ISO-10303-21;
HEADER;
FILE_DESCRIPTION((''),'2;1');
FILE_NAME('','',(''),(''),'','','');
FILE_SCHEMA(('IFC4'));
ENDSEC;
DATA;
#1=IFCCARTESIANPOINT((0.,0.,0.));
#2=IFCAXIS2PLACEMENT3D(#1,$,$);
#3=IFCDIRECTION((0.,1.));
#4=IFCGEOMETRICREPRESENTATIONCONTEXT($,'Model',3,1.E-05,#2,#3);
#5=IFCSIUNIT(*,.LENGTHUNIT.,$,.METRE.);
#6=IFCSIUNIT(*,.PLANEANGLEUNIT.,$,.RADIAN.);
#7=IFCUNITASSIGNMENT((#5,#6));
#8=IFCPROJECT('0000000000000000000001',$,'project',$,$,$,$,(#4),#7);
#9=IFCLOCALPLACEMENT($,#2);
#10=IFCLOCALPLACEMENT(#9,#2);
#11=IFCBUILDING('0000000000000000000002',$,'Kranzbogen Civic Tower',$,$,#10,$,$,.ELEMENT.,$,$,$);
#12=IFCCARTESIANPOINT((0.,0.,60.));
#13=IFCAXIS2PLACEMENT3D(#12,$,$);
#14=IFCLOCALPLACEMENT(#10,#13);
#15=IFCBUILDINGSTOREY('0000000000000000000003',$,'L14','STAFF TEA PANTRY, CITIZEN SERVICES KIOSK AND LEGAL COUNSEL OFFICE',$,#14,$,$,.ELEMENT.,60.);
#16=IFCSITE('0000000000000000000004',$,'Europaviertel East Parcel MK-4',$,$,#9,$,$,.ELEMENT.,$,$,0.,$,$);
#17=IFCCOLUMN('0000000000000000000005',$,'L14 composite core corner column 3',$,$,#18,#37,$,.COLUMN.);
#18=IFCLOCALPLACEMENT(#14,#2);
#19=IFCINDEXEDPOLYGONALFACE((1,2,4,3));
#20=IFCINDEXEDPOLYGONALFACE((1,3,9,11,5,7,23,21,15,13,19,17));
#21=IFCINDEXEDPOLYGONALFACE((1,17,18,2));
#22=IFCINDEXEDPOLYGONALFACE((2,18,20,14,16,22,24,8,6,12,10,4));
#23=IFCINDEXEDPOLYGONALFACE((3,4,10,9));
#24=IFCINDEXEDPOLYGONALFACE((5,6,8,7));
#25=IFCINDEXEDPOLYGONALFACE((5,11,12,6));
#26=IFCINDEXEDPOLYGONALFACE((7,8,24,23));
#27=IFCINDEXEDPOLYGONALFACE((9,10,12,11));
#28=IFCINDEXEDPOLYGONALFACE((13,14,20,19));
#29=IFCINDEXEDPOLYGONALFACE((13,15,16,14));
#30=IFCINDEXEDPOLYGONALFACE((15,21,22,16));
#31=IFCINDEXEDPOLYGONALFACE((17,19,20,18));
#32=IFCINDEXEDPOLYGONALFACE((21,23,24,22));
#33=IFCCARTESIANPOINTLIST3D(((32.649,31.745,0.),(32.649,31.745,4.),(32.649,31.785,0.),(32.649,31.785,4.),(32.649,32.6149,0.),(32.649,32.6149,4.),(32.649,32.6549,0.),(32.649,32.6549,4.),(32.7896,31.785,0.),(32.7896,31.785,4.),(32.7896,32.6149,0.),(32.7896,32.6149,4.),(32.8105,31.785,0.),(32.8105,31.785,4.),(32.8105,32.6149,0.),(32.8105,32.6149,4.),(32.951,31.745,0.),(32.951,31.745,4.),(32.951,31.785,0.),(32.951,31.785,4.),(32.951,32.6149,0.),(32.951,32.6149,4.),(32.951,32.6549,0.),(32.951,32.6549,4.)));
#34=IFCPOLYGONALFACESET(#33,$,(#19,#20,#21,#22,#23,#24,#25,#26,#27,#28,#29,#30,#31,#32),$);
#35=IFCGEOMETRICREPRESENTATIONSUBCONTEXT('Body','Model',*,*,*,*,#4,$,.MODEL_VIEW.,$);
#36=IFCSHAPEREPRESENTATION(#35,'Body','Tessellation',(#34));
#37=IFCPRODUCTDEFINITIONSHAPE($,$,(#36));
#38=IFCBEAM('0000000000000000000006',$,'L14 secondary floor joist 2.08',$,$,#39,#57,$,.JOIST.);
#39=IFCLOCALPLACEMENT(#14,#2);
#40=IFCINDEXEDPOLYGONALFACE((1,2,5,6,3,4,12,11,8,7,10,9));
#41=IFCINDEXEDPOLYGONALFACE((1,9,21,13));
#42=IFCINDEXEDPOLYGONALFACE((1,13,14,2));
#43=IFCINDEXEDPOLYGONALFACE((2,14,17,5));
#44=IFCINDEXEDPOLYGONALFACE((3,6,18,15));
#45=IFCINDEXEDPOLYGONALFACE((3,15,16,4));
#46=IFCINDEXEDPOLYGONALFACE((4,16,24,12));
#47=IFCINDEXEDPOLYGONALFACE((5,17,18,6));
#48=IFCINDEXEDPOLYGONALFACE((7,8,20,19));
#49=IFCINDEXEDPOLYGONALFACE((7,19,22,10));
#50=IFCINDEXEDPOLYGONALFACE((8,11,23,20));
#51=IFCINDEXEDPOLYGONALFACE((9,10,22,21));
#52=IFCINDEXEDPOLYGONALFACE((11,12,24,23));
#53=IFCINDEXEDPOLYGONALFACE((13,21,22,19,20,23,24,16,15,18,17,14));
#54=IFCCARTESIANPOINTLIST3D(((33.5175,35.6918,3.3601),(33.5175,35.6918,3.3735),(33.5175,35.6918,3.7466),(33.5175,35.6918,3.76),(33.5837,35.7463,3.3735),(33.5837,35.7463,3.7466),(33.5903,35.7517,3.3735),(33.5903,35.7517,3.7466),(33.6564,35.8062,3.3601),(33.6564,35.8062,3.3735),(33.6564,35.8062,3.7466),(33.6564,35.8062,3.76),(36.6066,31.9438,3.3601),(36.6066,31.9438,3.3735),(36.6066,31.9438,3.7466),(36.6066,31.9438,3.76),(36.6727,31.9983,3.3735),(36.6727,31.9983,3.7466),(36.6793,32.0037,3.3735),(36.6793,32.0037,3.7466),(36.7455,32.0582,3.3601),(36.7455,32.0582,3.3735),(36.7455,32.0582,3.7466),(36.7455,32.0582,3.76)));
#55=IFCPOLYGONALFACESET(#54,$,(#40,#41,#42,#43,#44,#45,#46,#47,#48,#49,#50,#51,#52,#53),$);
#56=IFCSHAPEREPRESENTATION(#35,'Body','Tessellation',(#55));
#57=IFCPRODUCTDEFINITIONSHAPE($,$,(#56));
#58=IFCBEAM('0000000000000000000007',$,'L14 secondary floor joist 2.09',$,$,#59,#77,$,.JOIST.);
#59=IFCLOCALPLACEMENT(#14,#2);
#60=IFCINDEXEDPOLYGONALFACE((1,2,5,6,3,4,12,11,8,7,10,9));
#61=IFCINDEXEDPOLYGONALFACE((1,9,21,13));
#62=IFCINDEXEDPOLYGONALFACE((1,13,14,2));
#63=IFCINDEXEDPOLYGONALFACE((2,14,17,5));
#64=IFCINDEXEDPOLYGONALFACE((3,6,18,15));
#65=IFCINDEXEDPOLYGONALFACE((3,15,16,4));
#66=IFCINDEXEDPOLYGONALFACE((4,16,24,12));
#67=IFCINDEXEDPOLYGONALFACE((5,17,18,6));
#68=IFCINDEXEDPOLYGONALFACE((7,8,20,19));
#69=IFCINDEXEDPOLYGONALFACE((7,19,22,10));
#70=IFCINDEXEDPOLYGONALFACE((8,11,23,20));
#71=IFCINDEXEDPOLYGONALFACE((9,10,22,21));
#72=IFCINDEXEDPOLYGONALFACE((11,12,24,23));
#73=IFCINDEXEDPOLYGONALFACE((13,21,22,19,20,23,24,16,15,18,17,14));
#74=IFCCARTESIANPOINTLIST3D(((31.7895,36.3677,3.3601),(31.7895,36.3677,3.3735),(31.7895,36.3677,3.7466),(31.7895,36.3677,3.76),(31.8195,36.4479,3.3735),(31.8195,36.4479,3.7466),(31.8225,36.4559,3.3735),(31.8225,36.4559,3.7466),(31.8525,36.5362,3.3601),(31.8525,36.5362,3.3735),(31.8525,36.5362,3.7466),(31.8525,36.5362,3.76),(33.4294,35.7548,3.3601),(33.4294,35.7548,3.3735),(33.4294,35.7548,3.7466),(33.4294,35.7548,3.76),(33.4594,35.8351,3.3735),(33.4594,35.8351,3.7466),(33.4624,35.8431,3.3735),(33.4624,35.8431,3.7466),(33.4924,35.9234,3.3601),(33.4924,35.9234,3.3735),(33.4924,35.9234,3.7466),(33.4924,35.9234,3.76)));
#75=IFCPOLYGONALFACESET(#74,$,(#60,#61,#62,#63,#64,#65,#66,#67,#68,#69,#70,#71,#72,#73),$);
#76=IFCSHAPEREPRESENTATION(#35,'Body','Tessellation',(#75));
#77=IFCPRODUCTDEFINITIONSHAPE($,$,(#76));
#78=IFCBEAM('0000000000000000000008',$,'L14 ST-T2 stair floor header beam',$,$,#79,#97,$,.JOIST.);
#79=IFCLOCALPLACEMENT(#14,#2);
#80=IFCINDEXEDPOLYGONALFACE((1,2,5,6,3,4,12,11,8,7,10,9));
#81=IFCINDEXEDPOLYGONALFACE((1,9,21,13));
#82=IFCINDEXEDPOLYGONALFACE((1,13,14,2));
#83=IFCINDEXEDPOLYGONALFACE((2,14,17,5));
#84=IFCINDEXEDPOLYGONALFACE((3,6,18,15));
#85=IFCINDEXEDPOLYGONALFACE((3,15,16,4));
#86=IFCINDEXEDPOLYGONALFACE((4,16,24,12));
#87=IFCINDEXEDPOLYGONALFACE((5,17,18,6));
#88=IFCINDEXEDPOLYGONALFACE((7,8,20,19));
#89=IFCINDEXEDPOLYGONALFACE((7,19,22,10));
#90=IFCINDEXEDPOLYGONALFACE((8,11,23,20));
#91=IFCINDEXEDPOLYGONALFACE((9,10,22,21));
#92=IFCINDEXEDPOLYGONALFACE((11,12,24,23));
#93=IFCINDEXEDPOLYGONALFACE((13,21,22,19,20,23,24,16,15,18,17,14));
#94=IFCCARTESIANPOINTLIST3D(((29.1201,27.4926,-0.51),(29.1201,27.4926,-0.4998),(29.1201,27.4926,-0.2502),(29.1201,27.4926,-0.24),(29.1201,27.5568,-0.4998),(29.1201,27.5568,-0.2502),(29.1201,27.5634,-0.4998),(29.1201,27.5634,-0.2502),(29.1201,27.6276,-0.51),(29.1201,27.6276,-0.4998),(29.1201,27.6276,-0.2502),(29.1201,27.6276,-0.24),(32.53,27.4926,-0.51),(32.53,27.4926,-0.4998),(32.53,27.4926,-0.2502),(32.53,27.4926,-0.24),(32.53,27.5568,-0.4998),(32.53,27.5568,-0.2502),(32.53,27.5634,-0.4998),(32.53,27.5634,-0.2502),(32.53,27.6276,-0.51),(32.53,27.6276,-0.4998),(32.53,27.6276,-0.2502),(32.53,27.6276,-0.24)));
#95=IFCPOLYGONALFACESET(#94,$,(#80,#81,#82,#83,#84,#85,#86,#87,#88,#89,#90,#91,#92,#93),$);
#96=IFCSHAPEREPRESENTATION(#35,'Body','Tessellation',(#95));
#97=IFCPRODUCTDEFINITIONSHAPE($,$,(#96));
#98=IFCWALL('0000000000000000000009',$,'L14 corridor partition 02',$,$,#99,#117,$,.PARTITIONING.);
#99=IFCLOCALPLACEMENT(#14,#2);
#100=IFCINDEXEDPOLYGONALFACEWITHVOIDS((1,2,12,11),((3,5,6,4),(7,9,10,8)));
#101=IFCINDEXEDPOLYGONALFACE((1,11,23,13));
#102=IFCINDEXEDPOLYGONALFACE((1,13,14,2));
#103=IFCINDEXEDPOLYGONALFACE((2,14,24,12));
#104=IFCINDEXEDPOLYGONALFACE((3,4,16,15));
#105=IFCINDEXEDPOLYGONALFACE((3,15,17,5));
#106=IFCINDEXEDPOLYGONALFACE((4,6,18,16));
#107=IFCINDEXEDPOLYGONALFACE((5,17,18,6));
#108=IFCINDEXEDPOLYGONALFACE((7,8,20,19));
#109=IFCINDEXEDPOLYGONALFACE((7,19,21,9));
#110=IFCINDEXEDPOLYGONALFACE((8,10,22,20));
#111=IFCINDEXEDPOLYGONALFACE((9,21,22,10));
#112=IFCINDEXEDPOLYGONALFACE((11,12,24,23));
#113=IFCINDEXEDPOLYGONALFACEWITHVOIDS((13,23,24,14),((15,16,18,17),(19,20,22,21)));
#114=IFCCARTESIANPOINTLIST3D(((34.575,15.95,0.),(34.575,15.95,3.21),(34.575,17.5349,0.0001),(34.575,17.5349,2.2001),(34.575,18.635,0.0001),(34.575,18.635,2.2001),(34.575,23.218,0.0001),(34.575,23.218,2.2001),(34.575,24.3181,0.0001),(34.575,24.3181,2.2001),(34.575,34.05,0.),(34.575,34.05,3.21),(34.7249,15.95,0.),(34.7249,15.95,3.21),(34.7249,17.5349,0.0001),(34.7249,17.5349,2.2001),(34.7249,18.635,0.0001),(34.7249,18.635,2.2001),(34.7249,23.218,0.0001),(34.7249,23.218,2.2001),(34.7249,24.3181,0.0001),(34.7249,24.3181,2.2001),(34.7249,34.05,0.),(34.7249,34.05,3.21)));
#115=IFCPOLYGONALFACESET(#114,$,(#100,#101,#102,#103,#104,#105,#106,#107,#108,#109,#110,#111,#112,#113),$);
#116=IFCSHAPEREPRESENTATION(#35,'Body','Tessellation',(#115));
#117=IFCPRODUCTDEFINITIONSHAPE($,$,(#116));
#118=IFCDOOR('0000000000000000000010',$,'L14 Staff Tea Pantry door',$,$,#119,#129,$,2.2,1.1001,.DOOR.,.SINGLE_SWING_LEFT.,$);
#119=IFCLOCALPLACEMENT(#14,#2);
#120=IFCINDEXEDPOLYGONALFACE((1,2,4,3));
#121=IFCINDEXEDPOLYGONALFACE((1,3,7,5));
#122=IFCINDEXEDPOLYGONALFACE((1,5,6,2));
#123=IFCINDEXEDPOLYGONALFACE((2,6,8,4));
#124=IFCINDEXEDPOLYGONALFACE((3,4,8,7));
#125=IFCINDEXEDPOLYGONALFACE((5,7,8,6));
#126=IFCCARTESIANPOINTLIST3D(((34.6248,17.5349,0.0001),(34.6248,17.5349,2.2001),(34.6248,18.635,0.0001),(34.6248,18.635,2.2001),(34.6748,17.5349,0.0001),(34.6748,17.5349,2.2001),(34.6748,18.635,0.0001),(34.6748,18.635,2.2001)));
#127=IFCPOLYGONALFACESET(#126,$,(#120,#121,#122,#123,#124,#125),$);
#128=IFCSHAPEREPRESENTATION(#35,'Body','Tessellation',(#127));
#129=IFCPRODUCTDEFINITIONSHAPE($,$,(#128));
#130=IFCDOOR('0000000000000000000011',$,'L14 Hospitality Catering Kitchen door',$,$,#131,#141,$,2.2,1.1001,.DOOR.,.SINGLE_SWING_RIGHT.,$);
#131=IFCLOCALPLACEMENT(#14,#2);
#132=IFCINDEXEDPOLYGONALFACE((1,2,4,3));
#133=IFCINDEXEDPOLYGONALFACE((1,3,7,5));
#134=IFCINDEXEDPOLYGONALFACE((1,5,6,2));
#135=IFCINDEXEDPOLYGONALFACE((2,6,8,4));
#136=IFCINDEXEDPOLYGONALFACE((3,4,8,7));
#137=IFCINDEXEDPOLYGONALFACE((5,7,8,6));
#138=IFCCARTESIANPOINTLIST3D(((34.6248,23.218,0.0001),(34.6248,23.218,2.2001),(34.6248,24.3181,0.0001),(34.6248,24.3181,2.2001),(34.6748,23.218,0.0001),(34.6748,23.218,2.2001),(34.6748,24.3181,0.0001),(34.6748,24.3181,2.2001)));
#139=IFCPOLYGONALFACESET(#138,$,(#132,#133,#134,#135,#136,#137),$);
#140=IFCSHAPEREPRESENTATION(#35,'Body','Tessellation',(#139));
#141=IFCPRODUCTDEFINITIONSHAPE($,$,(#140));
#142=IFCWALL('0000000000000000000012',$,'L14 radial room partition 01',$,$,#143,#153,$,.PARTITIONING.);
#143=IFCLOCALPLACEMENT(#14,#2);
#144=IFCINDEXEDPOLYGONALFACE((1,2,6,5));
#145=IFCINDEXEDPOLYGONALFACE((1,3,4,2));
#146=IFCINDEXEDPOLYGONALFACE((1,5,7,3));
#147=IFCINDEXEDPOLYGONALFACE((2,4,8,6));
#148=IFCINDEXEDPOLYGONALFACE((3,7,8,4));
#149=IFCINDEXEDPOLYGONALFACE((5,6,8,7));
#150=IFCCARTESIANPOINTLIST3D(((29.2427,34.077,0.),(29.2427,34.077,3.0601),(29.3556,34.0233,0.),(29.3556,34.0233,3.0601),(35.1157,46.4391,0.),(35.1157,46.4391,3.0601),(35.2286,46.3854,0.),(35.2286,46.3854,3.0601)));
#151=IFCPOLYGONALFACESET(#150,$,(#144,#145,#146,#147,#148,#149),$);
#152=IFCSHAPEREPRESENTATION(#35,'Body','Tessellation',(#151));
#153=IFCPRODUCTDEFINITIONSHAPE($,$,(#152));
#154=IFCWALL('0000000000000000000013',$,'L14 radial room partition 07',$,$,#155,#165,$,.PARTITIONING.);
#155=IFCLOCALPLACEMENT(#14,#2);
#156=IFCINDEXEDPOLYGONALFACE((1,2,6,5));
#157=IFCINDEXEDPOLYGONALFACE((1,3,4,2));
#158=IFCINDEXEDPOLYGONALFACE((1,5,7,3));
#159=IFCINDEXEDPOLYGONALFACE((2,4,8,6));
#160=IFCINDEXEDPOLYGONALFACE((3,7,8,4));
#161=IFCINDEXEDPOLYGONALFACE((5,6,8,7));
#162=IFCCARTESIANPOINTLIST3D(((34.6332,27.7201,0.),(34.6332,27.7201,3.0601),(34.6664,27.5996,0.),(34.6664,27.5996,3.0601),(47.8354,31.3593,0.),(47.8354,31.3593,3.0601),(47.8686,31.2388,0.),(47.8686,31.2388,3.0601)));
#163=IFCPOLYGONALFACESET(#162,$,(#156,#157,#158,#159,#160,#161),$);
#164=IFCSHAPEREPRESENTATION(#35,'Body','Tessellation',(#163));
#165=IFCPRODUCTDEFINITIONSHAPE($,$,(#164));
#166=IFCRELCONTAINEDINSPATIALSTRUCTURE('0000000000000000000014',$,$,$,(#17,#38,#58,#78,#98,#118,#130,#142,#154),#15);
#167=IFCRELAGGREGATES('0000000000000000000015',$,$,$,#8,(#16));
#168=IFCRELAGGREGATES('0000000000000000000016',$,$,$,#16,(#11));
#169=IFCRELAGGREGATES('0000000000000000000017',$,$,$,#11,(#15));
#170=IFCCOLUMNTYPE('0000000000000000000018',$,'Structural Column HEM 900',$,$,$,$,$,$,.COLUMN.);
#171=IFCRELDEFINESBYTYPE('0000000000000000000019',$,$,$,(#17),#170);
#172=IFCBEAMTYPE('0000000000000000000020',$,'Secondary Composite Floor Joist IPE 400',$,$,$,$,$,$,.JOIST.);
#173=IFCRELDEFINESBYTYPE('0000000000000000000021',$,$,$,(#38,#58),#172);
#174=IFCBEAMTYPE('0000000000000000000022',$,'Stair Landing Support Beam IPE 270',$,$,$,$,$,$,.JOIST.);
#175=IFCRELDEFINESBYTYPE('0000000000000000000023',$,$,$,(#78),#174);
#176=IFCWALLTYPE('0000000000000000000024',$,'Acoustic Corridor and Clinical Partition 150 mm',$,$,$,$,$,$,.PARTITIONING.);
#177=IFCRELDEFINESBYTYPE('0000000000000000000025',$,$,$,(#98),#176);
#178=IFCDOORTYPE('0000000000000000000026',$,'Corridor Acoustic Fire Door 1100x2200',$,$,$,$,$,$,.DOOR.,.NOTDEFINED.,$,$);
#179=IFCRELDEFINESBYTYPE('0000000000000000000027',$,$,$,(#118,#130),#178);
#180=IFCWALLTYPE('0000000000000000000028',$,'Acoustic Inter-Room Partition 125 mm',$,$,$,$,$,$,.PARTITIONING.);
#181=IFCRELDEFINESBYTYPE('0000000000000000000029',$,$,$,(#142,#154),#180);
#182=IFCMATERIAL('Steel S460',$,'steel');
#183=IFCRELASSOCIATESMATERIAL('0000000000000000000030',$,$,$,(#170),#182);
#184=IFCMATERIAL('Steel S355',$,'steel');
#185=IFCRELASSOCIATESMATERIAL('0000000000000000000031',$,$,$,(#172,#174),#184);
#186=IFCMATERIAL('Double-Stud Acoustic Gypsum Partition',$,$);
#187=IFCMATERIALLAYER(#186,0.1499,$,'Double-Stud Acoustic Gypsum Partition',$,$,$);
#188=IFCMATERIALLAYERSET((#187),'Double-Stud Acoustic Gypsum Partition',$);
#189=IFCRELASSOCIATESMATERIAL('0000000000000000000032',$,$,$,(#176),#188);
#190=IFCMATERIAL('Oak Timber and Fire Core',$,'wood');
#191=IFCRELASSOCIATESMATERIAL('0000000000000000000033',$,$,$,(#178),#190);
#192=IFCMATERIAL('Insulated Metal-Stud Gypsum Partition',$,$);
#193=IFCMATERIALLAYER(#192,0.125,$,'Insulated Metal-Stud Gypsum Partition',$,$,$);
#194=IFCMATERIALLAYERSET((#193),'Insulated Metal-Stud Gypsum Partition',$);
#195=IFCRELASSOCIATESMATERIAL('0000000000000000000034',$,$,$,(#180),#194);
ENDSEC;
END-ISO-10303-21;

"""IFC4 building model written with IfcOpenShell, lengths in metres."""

from ifc_helpers import new_model, si_unit, direction, frame, frame_2d, origin, origin_2d, place, context, subcontext, project, spatial, rectangle, i_section, extrude, material, layer, layer_set, material_profile, profile_set, type_object, element, fill, save


model = new_model("IFC4")

# Units and contexts
model_context = context("Model", 3, precision=1e-05, world=origin(), true_north=direction((0.0, 1.0)))
body_context = subcontext(model_context, "Body", "Model", "MODEL_VIEW")
ifc_project = project(units=[si_unit("LENGTHUNIT", "METRE"), si_unit("PLANEANGLEUNIT", "RADIAN")], contexts=[model_context])

# Site, building, storey
site_placement = place(None, origin())
site = spatial("IfcSite", under=ifc_project, at=site_placement, Name="Europaviertel East Parcel MK-4", CompositionType="ELEMENT", RefElevation=0.0)
building_placement = place(site_placement, origin())
building = spatial("IfcBuilding", under=site, at=building_placement, Name="Kranzbogen Civic Tower", CompositionType="ELEMENT")
storey_placement = place(building_placement, frame((0.0, 0.0, 60.0)))
storey = spatial("IfcBuildingStorey", under=building, at=storey_placement, Name="L14", Description="STAFF TEA PANTRY, CITIZEN SERVICES KIOSK AND LEGAL COUNSEL OFFICE", CompositionType="ELEMENT", Elevation=60.0)

# Column
ifc_material_1 = material(Name="Steel S460", Category="steel")
ifc_material_profile_1 = material_profile(ifc_material_1, i_section(OverallWidth=0.302, OverallDepth=0.9099, WebThickness=0.021, FlangeThickness=0.04, at=origin_2d()), Name="HEM 900")
ifc_profile_set_1 = profile_set([ifc_material_profile_1], Name="Steel S460")
column_type = type_object("IfcColumnType", Name="Structural Column HEM 900", PredefinedType="COLUMN", material=ifc_profile_set_1)
column_placement = place(storey_placement, frame((32.8, 32.2, 0.0), z_axis=(0.0, 0.0, 1.0), x_axis=(1.0, 0.0, 0.0)))
element("IfcColumn", 1, at=column_placement, inside=storey, type_object=column_type, Name="L14 composite core corner column 3", PredefinedType="COLUMN", context=body_context, shape_type="SweptSolid", body=[
    extrude(i_section(OverallWidth=0.302, OverallDepth=0.9099, WebThickness=0.021, FlangeThickness=0.04, at=origin_2d()), origin(), (0.0, 0.0, 1.0), 4.0),
])

# Beams
ifc_material_2 = material(Name="Steel S355", Category="steel")
ifc_material_profile_2 = material_profile(ifc_material_2, i_section(OverallWidth=0.1799, OverallDepth=0.3999, WebThickness=0.0085, FlangeThickness=0.0134, at=origin_2d()), Name="IPE 400")
ifc_profile_set_2 = profile_set([ifc_material_profile_2], Name="Steel S355")
beam_type_1 = type_object("IfcBeamType", Name="Secondary Composite Floor Joist IPE 400", PredefinedType="JOIST", material=ifc_profile_set_2)
beam_1_placement = place(storey_placement, frame((36.676, 32.001, 3.5601), z_axis=(-0.636012, 0.771679, 0.0), x_axis=(-0.771679, -0.636012, 0.0)))
element("IfcBeam", 2, at=beam_1_placement, inside=storey, type_object=beam_type_1, Name="L14 secondary floor joist 2.08", PredefinedType="JOIST", context=body_context, shape_type="SweptSolid", body=[
    extrude(i_section(OverallWidth=0.1799, OverallDepth=0.3999, WebThickness=0.0085, FlangeThickness=0.0134, at=origin_2d()), origin(), (0.0, 0.0, 1.0), 4.8569),
])
beam_2_placement = place(storey_placement, frame((33.4609, 35.8391, 3.5601), z_axis=(-0.936735, 0.350038, 0.0), x_axis=(-0.350038, -0.936735, 0.0)))
element("IfcBeam", 3, at=beam_2_placement, inside=storey, type_object=beam_type_1, Name="L14 secondary floor joist 2.09", PredefinedType="JOIST", context=body_context, shape_type="SweptSolid", body=[
    extrude(i_section(OverallWidth=0.1799, OverallDepth=0.3999, WebThickness=0.0085, FlangeThickness=0.0134, at=origin_2d()), origin(), (0.0, 0.0, 1.0), 1.7507),
])
ifc_material_profile_3 = material_profile(ifc_material_2, i_section(OverallWidth=0.135, OverallDepth=0.27, WebThickness=0.0066, FlangeThickness=0.0103, at=origin_2d()), Name="IPE 270")
ifc_profile_set_3 = profile_set([ifc_material_profile_3], Name="Steel S355")
beam_type_2 = type_object("IfcBeamType", Name="Stair Landing Support Beam IPE 270", PredefinedType="JOIST", material=ifc_profile_set_3)
beam_3_placement = place(storey_placement, frame((29.1201, 27.5601, -0.375), z_axis=(1.0, 0.0, 0.0), x_axis=(0.0, 1.0, 0.0)))
element("IfcBeam", 4, at=beam_3_placement, inside=storey, type_object=beam_type_2, Name="L14 ST-T2 stair floor header beam", PredefinedType="JOIST", context=body_context, shape_type="SweptSolid", body=[
    extrude(i_section(OverallWidth=0.135, OverallDepth=0.27, WebThickness=0.0066, FlangeThickness=0.0103, at=origin_2d()), origin(), (0.0, 0.0, 1.0), 3.4099),
])

# Wall, openings, doors
ifc_material_3 = material(Name="Double-Stud Acoustic Gypsum Partition")
ifc_layer_1 = layer(ifc_material_3, 0.1499, Name="Double-Stud Acoustic Gypsum Partition")
ifc_layer_set_1 = layer_set([ifc_layer_1], Name="Double-Stud Acoustic Gypsum Partition")
wall_type_1 = type_object("IfcWallType", Name="Acoustic Corridor and Clinical Partition 150 mm", PredefinedType="PARTITIONING", material=ifc_layer_set_1)
wall_1_placement = place(storey_placement, frame((34.6499, 34.05, 0.0), z_axis=(0.0, 0.0, 1.0), x_axis=(0.0, -1.0, 0.0)))
wall_1 = element("IfcWall", 5, at=wall_1_placement, inside=storey, type_object=wall_type_1, Name="L14 corridor partition 02", PredefinedType="PARTITIONING", context=body_context, shape_type="SweptSolid", body=[
    extrude(rectangle(XDim=18.1001, YDim=0.1499, at=frame_2d((9.05, 0.0))), origin(), (0.0, 0.0, 1.0), 3.21),
])
opening_1_placement = place(wall_1_placement, frame((15.415, 0.0, 0.0)))
opening_1 = element("IfcOpeningElement", 6, at=opening_1_placement, cuts=wall_1, PredefinedType="OPENING", context=body_context, shape_type="SweptSolid", body=[
    extrude(rectangle(XDim=1.1001, YDim=2.2, at=frame_2d((0.55, 1.1001))), frame((0.0, 0.085, 0.0), z_axis=(0.0, -1.0, 0.0), x_axis=(1.0, 0.0, 0.0)), (0.0, 0.0, 1.0), 0.1699),
])
opening_2_placement = place(wall_1_placement, frame((9.7319, 0.0, 0.0)))
opening_2 = element("IfcOpeningElement", 7, at=opening_2_placement, cuts=wall_1, PredefinedType="OPENING", context=body_context, shape_type="SweptSolid", body=[
    extrude(rectangle(XDim=1.1001, YDim=2.2, at=frame_2d((0.55, 1.1001))), frame((0.0, 0.085, 0.0), z_axis=(0.0, -1.0, 0.0), x_axis=(1.0, 0.0, 0.0)), (0.0, 0.0, 1.0), 0.1699),
])
ifc_material_4 = material(Name="Oak Timber and Fire Core", Category="wood")
door_type_1 = type_object("IfcDoorType", Name="Corridor Acoustic Fire Door 1100x2200", OperationType="NOTDEFINED", PredefinedType="DOOR", material=ifc_material_4)
door_1_placement = place(opening_1_placement, origin())
door_1 = element("IfcDoor", 8, at=door_1_placement, inside=storey, type_object=door_type_1, Name="L14 Staff Tea Pantry door", OperationType="SINGLE_SWING_LEFT", OverallHeight=2.2, OverallWidth=1.1001, PredefinedType="DOOR", context=body_context, shape_type="SweptSolid", body=[
    extrude(rectangle(XDim=1.1001, YDim=2.2, at=frame_2d((0.55, 1.1001))), frame((0.0, 0.0249, 0.0), z_axis=(0.0, -1.0, 0.0), x_axis=(1.0, 0.0, 0.0)), (0.0, 0.0, 1.0), 0.05),
])
fill(opening_1, door_1)
door_2_placement = place(opening_2_placement, origin())
door_2 = element("IfcDoor", 9, at=door_2_placement, inside=storey, type_object=door_type_1, Name="L14 Hospitality Catering Kitchen door", OperationType="SINGLE_SWING_RIGHT", OverallHeight=2.2, OverallWidth=1.1001, PredefinedType="DOOR", context=body_context, shape_type="SweptSolid", body=[
    extrude(rectangle(XDim=1.1001, YDim=2.2, at=frame_2d((0.55, 1.1001))), frame((0.0, 0.0249, 0.0), z_axis=(0.0, -1.0, 0.0), x_axis=(1.0, 0.0, 0.0)), (0.0, 0.0, 1.0), 0.05),
])
fill(opening_2, door_2)

# Walls
ifc_material_5 = material(Name="Insulated Metal-Stud Gypsum Partition")
ifc_layer_2 = layer(ifc_material_5, 0.125, Name="Insulated Metal-Stud Gypsum Partition")
ifc_layer_set_2 = layer_set([ifc_layer_2], Name="Insulated Metal-Stud Gypsum Partition")
wall_type_2 = type_object("IfcWallType", Name="Acoustic Inter-Room Partition 125 mm", PredefinedType="PARTITIONING", material=ifc_layer_set_2)
wall_2_placement = place(storey_placement, frame((29.2991, 34.05, 0.0), z_axis=(0.0, 0.0, 1.0), x_axis=(0.42912, 0.903247, 0.0)))
element("IfcWall", 10, at=wall_2_placement, inside=storey, type_object=wall_type_2, Name="L14 radial room partition 01", PredefinedType="PARTITIONING", context=body_context, shape_type="SweptSolid", body=[
    extrude(rectangle(XDim=13.6863, YDim=0.125, at=frame_2d((6.8433, 0.0))), origin(), (0.0, 0.0, 1.0), 3.0601),
])
wall_3_placement = place(storey_placement, frame((34.6499, 27.6599, 0.0), z_axis=(0.0, 0.0, 1.0), x_axis=(0.964045, 0.265738, 0.0)))
element("IfcWall", 11, at=wall_3_placement, inside=storey, type_object=wall_type_2, Name="L14 radial room partition 07", PredefinedType="PARTITIONING", context=body_context, shape_type="SweptSolid", body=[
    extrude(rectangle(XDim=13.6946, YDim=0.125, at=frame_2d((6.8472, 0.0))), origin(), (0.0, 0.0, 1.0), 3.0601),
])

save(model, "model.ifc")
